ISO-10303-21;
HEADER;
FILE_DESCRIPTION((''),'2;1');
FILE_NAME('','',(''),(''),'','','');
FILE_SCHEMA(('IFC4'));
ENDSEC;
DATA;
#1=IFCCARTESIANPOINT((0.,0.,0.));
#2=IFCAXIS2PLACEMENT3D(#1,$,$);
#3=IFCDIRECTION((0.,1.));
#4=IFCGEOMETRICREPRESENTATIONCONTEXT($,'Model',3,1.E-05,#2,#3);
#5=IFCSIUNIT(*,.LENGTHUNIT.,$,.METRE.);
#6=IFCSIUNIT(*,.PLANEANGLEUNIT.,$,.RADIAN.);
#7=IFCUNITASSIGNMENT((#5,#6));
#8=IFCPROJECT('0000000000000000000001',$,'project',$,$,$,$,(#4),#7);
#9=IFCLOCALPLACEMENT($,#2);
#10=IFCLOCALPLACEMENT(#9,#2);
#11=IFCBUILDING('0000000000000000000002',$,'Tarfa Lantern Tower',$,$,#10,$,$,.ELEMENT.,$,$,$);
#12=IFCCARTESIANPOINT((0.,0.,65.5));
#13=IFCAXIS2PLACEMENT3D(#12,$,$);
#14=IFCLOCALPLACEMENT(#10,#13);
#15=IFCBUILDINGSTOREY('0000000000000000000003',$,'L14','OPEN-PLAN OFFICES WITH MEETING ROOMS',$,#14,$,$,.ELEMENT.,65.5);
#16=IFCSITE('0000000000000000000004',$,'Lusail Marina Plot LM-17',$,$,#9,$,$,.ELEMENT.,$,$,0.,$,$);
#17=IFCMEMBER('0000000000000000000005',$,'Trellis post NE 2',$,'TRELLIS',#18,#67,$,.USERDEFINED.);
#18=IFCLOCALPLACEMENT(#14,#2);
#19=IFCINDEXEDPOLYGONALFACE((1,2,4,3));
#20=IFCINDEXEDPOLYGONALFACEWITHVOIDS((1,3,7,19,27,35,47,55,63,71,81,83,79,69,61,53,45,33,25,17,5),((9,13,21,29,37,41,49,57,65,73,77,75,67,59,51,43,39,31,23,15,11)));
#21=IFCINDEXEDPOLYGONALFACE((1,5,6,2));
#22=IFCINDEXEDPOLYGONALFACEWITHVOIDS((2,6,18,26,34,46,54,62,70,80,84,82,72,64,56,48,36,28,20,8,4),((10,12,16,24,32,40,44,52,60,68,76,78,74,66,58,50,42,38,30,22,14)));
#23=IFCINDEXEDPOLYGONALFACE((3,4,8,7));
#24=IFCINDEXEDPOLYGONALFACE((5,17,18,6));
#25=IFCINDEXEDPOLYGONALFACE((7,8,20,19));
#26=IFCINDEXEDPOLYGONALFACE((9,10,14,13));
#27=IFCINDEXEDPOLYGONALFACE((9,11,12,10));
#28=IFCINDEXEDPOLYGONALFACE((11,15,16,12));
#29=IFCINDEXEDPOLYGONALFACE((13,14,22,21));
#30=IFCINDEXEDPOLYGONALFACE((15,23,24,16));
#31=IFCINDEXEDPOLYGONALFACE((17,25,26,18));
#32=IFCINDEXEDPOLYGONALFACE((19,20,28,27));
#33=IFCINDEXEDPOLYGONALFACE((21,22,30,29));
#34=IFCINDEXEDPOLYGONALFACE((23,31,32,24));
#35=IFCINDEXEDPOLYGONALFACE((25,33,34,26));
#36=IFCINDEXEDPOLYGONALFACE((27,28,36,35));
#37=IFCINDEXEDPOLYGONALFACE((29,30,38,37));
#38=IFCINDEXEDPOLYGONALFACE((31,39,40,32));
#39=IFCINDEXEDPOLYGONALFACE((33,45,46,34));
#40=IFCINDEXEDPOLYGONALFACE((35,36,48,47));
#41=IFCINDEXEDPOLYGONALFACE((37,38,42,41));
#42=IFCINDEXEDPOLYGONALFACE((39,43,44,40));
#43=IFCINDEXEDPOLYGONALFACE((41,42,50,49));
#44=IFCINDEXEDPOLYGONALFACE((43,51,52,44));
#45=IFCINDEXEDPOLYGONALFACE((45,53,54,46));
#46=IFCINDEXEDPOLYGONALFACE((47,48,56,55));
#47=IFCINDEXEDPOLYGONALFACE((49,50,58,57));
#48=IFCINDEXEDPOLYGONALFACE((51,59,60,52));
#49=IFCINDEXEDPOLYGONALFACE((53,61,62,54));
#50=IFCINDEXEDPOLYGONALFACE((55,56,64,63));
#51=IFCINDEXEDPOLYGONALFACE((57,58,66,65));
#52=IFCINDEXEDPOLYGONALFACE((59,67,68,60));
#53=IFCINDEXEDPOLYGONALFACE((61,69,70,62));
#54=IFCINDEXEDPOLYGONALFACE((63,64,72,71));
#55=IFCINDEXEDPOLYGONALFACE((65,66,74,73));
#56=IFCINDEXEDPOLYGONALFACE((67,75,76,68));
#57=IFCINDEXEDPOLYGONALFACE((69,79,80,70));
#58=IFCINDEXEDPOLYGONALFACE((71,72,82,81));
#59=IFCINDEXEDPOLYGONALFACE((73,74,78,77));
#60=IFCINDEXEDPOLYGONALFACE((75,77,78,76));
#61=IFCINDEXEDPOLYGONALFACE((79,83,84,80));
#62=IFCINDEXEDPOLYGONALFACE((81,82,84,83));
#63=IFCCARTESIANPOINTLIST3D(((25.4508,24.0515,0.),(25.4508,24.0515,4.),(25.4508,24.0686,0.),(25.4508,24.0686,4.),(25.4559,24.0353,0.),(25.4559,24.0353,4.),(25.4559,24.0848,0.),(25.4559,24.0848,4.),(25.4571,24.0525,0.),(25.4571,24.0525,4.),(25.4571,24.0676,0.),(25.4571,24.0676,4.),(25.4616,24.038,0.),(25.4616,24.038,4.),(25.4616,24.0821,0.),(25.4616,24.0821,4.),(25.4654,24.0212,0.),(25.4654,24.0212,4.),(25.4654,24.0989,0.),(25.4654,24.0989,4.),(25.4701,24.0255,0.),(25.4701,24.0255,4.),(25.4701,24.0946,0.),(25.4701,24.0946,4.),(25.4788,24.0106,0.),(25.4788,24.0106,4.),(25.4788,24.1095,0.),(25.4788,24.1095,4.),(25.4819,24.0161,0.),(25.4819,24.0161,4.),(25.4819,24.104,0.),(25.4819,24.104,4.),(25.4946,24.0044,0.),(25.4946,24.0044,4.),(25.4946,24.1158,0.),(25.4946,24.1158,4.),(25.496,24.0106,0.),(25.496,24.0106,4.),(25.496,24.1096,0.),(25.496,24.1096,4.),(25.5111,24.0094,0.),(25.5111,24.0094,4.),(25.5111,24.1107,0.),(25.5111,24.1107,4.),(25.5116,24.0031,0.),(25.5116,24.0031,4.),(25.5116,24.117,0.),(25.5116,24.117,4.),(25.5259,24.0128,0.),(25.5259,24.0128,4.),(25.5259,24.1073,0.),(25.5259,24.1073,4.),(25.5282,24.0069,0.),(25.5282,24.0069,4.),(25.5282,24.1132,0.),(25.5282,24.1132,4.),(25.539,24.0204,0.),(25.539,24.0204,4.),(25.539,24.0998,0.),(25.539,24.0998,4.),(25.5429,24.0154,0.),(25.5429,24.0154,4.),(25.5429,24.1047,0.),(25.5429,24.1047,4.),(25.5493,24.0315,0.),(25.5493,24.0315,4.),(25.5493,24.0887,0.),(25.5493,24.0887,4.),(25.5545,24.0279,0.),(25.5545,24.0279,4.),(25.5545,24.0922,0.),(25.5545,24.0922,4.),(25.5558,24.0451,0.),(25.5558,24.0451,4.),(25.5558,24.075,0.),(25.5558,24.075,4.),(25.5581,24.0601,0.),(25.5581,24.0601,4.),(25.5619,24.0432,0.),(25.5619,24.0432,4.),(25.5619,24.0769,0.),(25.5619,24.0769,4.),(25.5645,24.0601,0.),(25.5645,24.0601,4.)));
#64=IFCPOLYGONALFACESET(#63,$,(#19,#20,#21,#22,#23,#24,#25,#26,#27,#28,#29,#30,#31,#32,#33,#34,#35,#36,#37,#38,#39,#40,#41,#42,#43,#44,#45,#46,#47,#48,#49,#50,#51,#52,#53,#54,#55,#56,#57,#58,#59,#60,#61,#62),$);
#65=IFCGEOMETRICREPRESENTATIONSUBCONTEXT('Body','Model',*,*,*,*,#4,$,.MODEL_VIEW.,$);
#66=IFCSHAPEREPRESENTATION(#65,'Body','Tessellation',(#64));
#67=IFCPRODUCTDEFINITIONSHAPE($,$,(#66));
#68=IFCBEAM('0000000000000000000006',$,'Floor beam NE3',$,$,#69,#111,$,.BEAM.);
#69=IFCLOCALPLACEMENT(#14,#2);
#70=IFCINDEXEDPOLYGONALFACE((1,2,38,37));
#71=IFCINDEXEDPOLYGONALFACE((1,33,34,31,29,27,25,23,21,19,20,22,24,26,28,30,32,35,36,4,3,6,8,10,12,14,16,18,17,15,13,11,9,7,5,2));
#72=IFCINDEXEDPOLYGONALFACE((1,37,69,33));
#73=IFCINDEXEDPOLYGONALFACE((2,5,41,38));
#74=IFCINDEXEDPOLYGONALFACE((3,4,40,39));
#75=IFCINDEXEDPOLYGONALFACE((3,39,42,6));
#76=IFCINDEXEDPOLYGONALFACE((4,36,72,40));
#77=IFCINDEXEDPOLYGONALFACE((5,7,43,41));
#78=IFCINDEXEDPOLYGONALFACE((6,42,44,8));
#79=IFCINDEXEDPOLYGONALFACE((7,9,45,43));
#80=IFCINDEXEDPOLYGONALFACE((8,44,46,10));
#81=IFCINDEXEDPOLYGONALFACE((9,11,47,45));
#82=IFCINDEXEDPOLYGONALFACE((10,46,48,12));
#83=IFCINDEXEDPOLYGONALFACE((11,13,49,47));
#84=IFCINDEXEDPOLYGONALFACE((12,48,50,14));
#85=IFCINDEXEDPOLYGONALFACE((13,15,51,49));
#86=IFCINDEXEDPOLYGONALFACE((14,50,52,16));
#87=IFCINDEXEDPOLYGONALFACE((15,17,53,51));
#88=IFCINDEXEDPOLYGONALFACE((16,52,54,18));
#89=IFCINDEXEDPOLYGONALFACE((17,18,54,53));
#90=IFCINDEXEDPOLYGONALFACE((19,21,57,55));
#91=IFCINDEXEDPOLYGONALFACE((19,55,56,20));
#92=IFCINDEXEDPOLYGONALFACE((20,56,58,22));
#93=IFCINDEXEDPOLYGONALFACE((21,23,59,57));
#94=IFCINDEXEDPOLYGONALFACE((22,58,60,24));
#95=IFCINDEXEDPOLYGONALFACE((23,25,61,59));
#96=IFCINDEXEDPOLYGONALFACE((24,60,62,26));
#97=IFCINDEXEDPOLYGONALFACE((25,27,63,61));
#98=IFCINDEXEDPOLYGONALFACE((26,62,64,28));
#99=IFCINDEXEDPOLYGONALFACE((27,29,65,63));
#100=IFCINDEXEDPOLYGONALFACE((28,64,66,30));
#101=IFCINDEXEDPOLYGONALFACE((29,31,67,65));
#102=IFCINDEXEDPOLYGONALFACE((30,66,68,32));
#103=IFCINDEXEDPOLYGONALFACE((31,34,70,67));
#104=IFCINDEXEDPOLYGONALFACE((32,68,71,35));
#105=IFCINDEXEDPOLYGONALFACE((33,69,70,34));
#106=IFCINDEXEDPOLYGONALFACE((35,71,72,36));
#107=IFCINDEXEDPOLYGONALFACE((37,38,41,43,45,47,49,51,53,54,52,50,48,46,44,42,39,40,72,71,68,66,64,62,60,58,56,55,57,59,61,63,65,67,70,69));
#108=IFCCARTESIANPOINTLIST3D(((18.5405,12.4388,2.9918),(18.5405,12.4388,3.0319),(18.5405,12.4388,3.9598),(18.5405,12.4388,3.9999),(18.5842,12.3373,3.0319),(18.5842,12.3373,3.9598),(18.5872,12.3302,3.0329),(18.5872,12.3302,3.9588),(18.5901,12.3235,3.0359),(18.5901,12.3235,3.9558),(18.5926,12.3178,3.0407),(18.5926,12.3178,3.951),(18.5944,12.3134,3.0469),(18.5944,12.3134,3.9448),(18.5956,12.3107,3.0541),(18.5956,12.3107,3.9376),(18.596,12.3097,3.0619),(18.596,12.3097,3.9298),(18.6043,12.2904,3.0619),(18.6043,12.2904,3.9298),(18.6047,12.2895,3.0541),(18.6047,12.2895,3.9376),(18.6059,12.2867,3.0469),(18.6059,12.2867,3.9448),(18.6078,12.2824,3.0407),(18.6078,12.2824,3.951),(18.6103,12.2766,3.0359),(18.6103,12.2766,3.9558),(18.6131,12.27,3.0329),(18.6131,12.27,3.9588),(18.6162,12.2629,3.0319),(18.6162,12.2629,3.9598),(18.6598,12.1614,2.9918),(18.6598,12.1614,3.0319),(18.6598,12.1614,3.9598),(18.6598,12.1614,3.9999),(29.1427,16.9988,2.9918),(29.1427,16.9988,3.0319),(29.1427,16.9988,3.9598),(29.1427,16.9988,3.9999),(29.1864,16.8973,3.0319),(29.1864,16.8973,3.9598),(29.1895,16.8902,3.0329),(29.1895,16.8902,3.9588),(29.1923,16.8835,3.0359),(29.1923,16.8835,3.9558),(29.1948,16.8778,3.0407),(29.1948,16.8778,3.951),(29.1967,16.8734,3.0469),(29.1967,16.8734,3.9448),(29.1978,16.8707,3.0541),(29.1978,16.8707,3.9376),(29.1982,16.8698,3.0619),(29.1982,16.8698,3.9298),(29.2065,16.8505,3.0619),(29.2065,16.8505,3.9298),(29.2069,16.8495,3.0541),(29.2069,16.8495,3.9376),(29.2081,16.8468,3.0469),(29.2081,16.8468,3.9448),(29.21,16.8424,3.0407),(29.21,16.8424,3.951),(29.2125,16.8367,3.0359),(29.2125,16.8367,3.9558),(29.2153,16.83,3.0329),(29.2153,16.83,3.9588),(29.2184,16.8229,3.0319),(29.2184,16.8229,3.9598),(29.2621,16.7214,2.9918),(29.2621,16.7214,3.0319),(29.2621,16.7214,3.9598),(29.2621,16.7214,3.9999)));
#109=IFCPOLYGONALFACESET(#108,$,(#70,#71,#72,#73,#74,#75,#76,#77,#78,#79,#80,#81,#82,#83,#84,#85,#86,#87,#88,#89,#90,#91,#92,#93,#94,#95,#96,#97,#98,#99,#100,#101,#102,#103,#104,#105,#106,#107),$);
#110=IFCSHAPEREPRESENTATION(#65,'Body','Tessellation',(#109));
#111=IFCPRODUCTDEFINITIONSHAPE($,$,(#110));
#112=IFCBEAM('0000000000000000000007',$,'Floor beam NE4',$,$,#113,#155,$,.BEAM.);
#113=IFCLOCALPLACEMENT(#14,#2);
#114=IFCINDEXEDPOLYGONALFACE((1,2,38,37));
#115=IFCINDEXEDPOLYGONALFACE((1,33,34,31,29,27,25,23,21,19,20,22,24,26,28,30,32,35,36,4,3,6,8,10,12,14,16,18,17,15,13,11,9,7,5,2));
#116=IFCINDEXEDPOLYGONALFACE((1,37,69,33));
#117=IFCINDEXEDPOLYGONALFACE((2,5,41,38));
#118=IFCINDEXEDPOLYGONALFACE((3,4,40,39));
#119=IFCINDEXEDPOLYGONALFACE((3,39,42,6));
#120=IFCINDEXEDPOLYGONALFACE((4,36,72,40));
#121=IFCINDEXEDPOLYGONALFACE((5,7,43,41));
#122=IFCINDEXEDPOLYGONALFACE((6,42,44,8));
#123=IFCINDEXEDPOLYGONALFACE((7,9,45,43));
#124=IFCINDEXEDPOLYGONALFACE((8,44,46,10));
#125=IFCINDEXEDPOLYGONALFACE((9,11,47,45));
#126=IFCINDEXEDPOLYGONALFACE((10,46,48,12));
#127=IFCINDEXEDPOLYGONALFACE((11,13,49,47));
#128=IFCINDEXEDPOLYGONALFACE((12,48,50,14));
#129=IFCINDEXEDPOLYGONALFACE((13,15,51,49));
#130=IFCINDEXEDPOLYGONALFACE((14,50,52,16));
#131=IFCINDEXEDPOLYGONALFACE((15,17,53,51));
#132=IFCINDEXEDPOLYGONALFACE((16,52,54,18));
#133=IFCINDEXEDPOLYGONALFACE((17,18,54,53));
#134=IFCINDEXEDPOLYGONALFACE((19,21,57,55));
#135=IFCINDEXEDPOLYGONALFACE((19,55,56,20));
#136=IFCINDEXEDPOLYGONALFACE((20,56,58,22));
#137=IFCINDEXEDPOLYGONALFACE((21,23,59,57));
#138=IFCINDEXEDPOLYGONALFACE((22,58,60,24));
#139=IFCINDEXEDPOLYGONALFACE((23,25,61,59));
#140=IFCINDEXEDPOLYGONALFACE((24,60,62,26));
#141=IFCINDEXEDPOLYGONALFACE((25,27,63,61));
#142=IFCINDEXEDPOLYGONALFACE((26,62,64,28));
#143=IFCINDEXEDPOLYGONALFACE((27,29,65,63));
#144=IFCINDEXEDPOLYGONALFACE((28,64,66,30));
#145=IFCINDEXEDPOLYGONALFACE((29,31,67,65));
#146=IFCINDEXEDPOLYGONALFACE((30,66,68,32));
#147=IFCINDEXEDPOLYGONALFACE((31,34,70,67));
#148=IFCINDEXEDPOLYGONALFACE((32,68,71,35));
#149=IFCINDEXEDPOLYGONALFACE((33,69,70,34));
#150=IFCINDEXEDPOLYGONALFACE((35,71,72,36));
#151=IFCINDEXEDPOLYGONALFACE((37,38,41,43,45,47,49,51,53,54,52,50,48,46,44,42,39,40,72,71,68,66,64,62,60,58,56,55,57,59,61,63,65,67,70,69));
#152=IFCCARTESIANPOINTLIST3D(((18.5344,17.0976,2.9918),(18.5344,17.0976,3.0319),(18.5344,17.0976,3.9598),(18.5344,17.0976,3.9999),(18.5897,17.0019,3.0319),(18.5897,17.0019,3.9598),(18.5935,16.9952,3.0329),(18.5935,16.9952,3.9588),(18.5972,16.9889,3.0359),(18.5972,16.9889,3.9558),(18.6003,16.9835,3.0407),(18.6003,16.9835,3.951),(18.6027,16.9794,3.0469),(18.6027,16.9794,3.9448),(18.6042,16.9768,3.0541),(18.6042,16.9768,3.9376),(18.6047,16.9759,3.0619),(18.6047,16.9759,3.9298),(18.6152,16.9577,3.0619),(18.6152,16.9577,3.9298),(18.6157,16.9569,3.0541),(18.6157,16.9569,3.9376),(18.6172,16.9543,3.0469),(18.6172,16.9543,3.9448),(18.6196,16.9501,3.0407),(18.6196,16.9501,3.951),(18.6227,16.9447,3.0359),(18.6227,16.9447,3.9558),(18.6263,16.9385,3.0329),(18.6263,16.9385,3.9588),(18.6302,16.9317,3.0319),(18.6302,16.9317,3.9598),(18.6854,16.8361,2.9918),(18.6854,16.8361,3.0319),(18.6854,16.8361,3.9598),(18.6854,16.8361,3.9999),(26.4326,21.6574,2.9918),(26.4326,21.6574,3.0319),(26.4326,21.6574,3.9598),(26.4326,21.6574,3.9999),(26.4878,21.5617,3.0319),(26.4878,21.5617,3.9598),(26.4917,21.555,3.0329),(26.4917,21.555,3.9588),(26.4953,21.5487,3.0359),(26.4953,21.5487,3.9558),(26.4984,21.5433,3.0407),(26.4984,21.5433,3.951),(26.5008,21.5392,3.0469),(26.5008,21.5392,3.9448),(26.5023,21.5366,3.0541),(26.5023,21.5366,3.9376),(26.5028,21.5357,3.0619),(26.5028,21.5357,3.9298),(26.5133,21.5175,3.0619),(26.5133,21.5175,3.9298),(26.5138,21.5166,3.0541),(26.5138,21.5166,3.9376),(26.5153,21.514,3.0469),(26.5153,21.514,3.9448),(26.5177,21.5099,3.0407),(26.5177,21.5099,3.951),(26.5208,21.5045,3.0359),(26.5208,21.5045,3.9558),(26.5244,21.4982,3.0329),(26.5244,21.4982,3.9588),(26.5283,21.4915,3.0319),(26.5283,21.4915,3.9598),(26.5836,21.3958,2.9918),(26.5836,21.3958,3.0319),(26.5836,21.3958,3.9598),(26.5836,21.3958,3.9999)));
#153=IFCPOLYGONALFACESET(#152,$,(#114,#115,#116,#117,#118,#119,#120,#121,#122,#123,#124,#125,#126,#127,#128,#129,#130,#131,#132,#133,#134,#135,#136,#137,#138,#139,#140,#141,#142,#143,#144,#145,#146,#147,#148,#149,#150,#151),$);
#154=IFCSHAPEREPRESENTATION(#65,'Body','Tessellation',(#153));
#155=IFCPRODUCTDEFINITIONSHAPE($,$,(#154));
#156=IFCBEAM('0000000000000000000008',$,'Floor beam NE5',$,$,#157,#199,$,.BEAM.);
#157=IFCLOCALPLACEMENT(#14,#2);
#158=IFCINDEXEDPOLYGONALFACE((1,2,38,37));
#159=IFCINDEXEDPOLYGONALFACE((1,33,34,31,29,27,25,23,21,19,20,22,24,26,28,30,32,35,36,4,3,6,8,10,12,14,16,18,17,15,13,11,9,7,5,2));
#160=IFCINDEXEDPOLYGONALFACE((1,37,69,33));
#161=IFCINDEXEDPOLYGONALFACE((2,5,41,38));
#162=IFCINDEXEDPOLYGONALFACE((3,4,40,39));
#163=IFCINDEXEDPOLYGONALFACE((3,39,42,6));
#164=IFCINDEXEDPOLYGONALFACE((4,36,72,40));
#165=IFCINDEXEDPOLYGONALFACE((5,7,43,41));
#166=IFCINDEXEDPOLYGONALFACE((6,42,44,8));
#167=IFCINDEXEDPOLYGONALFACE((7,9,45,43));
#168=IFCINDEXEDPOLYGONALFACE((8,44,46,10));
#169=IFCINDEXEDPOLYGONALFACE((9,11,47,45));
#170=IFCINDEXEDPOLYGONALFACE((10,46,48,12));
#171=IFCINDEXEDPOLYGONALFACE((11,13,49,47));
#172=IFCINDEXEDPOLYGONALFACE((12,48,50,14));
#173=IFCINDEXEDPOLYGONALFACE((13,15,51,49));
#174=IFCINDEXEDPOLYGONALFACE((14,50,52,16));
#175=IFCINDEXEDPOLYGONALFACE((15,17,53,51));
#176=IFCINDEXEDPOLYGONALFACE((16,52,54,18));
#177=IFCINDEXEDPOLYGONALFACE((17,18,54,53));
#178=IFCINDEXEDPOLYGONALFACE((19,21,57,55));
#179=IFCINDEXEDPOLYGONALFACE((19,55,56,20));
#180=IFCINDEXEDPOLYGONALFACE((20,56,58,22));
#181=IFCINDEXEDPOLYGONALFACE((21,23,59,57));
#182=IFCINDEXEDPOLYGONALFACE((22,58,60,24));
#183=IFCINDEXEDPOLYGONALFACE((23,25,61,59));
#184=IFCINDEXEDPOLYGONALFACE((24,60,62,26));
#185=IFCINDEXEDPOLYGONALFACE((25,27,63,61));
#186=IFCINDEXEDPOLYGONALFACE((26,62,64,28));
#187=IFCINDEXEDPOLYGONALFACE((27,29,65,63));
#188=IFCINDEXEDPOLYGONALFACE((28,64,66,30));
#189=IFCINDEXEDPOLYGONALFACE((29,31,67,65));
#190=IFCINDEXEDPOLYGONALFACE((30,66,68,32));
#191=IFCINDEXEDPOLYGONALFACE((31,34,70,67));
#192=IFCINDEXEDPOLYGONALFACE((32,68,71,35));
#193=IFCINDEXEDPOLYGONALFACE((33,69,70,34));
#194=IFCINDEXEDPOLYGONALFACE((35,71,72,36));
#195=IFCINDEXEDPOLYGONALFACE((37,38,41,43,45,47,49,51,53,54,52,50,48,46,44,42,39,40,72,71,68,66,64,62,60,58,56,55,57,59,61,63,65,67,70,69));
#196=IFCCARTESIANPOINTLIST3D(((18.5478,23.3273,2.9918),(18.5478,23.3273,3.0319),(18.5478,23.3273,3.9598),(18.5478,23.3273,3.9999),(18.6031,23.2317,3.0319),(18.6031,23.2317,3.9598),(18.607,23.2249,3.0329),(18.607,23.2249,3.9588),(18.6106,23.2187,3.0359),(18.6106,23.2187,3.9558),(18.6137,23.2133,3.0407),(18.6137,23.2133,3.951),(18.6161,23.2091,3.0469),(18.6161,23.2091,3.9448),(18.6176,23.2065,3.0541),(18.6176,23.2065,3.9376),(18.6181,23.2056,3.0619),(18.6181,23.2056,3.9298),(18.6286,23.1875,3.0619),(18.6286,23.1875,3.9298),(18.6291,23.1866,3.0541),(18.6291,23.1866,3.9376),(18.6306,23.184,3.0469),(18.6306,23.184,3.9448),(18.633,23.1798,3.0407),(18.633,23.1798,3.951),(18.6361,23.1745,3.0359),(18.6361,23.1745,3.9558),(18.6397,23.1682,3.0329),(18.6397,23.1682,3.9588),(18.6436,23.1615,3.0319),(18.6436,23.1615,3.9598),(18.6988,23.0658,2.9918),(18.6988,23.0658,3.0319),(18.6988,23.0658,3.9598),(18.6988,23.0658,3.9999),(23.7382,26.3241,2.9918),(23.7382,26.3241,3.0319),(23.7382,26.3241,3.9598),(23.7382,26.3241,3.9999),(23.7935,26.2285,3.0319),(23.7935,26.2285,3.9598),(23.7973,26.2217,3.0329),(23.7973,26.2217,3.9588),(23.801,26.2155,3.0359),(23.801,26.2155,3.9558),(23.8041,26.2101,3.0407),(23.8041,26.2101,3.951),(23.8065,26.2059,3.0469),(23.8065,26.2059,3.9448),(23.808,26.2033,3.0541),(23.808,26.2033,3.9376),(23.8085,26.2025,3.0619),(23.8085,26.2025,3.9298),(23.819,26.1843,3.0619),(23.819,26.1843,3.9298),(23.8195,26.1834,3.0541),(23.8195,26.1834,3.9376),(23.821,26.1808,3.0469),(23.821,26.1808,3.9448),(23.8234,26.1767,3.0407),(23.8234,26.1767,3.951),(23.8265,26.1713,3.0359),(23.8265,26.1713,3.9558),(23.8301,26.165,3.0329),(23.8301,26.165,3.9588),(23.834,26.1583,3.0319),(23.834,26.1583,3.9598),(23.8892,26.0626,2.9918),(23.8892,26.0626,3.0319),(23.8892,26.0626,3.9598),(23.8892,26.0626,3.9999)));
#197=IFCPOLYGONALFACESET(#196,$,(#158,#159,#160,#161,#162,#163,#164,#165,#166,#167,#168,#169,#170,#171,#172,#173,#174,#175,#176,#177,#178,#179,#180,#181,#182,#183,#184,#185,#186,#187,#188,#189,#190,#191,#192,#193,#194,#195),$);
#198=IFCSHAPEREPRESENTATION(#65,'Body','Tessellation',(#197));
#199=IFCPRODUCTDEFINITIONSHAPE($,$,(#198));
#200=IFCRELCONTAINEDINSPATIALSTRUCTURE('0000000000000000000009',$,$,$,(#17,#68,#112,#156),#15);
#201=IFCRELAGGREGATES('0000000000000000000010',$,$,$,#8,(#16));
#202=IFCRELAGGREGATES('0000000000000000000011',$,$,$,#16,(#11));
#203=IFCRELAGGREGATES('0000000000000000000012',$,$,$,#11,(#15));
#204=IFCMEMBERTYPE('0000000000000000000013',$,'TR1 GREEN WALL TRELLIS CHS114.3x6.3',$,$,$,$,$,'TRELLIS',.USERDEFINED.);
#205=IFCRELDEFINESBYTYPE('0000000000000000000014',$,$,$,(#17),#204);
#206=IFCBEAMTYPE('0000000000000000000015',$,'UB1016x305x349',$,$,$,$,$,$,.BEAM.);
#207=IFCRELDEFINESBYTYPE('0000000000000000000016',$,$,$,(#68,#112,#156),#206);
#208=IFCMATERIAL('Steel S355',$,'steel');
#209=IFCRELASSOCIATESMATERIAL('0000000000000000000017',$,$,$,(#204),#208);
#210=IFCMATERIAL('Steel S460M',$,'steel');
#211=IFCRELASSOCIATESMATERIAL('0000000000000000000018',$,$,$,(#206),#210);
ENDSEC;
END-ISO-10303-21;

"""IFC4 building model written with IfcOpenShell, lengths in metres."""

from ifc_helpers import new_model, si_unit, direction, frame, origin, origin_2d, place, context, subcontext, project, spatial, hollow_circle, i_section, extrude, material, material_profile, profile_set, type_object, element, save


model = new_model("IFC4")

# Units and contexts
model_context = context("Model", 3, precision=1e-05, world=origin(), true_north=direction((0.0, 1.0)))
body_context = subcontext(model_context, "Body", "Model", "MODEL_VIEW")
ifc_project = project(units=[si_unit("LENGTHUNIT", "METRE"), si_unit("PLANEANGLEUNIT", "RADIAN")], contexts=[model_context])

# Site, building, storey
site_placement = place(None, origin())
site = spatial("IfcSite", under=ifc_project, at=site_placement, Name="Lusail Marina Plot LM-17", CompositionType="ELEMENT", RefElevation=0.0)
building_placement = place(site_placement, origin())
building = spatial("IfcBuilding", under=site, at=building_placement, Name="Tarfa Lantern Tower", CompositionType="ELEMENT")
storey_placement = place(building_placement, frame((0.0, 0.0, 65.5)))
storey = spatial("IfcBuildingStorey", under=building, at=storey_placement, Name="L14", Description="OPEN-PLAN OFFICES WITH MEETING ROOMS", CompositionType="ELEMENT", Elevation=65.5)

# Member
ifc_material_1 = material(Name="Steel S355", Category="steel")
ifc_material_profile_1 = material_profile(ifc_material_1, hollow_circle(Radius=0.0571, WallThickness=0.0063, at=origin_2d()), Name="CHS114.3x6.3")
ifc_profile_set_1 = profile_set([ifc_material_profile_1], Name="Steel S355")
member_type_1 = type_object("IfcMemberType", Name="TR1 GREEN WALL TRELLIS CHS114.3x6.3", ElementType="TRELLIS", PredefinedType="USERDEFINED", material=ifc_profile_set_1)
member_1_placement = place(storey_placement, frame((25.5073, 24.0601, 0.0), z_axis=(0.0, 0.0, 1.0), x_axis=(1.0, 0.0, 0.0)))
element("IfcMember", 1, at=member_1_placement, inside=storey, type_object=member_type_1, Name="Trellis post NE 2", ObjectType="TRELLIS", PredefinedType="USERDEFINED", context=body_context, shape_type="SweptSolid", body=[
    extrude(hollow_circle(Radius=0.0571, WallThickness=0.0063, at=origin_2d()), origin(), (0.0, 0.0, 1.0), 4.0),
])

# Beams
ifc_material_2 = material(Name="Steel S460M", Category="steel")
ifc_material_profile_2 = material_profile(ifc_material_2, i_section(OverallWidth=0.302, OverallDepth=1.0081, WebThickness=0.021, FlangeThickness=0.04, FilletRadius=0.03, at=origin_2d()), Name="UB1016x305x349")
ifc_profile_set_2 = profile_set([ifc_material_profile_2], Name="Steel S460M")
beam_type_1 = type_object("IfcBeamType", Name="UB1016x305x349", PredefinedType="BEAM", material=ifc_profile_set_2)
beam_1_placement = place(storey_placement, frame((29.2024, 16.8601, 3.4958), z_axis=(-0.918635, -0.395106, 0.0), x_axis=(0.395106, -0.918635, 0.0)))
element("IfcBeam", 2, at=beam_1_placement, inside=storey, type_object=beam_type_1, Name="Floor beam NE3", PredefinedType="BEAM", context=body_context, shape_type="SweptSolid", body=[
    extrude(i_section(OverallWidth=0.302, OverallDepth=1.0081, WebThickness=0.021, FlangeThickness=0.04, FilletRadius=0.03, at=origin_2d()), origin(), (0.0, 0.0, 1.0), 11.5413),
])
beam_2_placement = place(storey_placement, frame((26.5081, 21.5266, 3.4958), z_axis=(-0.866035, -0.499983, 0.0), x_axis=(0.499983, -0.866035, 0.0)))
element("IfcBeam", 3, at=beam_2_placement, inside=storey, type_object=beam_type_1, Name="Floor beam NE4", PredefinedType="BEAM", context=body_context, shape_type="SweptSolid", body=[
    extrude(i_section(OverallWidth=0.302, OverallDepth=1.0081, WebThickness=0.021, FlangeThickness=0.04, FilletRadius=0.03, at=origin_2d()), origin(), (0.0, 0.0, 1.0), 9.1199),
])
beam_3_placement = place(storey_placement, frame((23.8137, 26.1934, 3.4958), z_axis=(-0.866016, -0.500016, 0.0), x_axis=(0.500016, -0.866016, 0.0)))
element("IfcBeam", 4, at=beam_3_placement, inside=storey, type_object=beam_type_1, Name="Floor beam NE5", PredefinedType="BEAM", context=body_context, shape_type="SweptSolid", body=[
    extrude(i_section(OverallWidth=0.302, OverallDepth=1.0081, WebThickness=0.021, FlangeThickness=0.04, FilletRadius=0.03, at=origin_2d()), origin(), (0.0, 0.0, 1.0), 5.9934),
])

save(model, "model.ifc")
